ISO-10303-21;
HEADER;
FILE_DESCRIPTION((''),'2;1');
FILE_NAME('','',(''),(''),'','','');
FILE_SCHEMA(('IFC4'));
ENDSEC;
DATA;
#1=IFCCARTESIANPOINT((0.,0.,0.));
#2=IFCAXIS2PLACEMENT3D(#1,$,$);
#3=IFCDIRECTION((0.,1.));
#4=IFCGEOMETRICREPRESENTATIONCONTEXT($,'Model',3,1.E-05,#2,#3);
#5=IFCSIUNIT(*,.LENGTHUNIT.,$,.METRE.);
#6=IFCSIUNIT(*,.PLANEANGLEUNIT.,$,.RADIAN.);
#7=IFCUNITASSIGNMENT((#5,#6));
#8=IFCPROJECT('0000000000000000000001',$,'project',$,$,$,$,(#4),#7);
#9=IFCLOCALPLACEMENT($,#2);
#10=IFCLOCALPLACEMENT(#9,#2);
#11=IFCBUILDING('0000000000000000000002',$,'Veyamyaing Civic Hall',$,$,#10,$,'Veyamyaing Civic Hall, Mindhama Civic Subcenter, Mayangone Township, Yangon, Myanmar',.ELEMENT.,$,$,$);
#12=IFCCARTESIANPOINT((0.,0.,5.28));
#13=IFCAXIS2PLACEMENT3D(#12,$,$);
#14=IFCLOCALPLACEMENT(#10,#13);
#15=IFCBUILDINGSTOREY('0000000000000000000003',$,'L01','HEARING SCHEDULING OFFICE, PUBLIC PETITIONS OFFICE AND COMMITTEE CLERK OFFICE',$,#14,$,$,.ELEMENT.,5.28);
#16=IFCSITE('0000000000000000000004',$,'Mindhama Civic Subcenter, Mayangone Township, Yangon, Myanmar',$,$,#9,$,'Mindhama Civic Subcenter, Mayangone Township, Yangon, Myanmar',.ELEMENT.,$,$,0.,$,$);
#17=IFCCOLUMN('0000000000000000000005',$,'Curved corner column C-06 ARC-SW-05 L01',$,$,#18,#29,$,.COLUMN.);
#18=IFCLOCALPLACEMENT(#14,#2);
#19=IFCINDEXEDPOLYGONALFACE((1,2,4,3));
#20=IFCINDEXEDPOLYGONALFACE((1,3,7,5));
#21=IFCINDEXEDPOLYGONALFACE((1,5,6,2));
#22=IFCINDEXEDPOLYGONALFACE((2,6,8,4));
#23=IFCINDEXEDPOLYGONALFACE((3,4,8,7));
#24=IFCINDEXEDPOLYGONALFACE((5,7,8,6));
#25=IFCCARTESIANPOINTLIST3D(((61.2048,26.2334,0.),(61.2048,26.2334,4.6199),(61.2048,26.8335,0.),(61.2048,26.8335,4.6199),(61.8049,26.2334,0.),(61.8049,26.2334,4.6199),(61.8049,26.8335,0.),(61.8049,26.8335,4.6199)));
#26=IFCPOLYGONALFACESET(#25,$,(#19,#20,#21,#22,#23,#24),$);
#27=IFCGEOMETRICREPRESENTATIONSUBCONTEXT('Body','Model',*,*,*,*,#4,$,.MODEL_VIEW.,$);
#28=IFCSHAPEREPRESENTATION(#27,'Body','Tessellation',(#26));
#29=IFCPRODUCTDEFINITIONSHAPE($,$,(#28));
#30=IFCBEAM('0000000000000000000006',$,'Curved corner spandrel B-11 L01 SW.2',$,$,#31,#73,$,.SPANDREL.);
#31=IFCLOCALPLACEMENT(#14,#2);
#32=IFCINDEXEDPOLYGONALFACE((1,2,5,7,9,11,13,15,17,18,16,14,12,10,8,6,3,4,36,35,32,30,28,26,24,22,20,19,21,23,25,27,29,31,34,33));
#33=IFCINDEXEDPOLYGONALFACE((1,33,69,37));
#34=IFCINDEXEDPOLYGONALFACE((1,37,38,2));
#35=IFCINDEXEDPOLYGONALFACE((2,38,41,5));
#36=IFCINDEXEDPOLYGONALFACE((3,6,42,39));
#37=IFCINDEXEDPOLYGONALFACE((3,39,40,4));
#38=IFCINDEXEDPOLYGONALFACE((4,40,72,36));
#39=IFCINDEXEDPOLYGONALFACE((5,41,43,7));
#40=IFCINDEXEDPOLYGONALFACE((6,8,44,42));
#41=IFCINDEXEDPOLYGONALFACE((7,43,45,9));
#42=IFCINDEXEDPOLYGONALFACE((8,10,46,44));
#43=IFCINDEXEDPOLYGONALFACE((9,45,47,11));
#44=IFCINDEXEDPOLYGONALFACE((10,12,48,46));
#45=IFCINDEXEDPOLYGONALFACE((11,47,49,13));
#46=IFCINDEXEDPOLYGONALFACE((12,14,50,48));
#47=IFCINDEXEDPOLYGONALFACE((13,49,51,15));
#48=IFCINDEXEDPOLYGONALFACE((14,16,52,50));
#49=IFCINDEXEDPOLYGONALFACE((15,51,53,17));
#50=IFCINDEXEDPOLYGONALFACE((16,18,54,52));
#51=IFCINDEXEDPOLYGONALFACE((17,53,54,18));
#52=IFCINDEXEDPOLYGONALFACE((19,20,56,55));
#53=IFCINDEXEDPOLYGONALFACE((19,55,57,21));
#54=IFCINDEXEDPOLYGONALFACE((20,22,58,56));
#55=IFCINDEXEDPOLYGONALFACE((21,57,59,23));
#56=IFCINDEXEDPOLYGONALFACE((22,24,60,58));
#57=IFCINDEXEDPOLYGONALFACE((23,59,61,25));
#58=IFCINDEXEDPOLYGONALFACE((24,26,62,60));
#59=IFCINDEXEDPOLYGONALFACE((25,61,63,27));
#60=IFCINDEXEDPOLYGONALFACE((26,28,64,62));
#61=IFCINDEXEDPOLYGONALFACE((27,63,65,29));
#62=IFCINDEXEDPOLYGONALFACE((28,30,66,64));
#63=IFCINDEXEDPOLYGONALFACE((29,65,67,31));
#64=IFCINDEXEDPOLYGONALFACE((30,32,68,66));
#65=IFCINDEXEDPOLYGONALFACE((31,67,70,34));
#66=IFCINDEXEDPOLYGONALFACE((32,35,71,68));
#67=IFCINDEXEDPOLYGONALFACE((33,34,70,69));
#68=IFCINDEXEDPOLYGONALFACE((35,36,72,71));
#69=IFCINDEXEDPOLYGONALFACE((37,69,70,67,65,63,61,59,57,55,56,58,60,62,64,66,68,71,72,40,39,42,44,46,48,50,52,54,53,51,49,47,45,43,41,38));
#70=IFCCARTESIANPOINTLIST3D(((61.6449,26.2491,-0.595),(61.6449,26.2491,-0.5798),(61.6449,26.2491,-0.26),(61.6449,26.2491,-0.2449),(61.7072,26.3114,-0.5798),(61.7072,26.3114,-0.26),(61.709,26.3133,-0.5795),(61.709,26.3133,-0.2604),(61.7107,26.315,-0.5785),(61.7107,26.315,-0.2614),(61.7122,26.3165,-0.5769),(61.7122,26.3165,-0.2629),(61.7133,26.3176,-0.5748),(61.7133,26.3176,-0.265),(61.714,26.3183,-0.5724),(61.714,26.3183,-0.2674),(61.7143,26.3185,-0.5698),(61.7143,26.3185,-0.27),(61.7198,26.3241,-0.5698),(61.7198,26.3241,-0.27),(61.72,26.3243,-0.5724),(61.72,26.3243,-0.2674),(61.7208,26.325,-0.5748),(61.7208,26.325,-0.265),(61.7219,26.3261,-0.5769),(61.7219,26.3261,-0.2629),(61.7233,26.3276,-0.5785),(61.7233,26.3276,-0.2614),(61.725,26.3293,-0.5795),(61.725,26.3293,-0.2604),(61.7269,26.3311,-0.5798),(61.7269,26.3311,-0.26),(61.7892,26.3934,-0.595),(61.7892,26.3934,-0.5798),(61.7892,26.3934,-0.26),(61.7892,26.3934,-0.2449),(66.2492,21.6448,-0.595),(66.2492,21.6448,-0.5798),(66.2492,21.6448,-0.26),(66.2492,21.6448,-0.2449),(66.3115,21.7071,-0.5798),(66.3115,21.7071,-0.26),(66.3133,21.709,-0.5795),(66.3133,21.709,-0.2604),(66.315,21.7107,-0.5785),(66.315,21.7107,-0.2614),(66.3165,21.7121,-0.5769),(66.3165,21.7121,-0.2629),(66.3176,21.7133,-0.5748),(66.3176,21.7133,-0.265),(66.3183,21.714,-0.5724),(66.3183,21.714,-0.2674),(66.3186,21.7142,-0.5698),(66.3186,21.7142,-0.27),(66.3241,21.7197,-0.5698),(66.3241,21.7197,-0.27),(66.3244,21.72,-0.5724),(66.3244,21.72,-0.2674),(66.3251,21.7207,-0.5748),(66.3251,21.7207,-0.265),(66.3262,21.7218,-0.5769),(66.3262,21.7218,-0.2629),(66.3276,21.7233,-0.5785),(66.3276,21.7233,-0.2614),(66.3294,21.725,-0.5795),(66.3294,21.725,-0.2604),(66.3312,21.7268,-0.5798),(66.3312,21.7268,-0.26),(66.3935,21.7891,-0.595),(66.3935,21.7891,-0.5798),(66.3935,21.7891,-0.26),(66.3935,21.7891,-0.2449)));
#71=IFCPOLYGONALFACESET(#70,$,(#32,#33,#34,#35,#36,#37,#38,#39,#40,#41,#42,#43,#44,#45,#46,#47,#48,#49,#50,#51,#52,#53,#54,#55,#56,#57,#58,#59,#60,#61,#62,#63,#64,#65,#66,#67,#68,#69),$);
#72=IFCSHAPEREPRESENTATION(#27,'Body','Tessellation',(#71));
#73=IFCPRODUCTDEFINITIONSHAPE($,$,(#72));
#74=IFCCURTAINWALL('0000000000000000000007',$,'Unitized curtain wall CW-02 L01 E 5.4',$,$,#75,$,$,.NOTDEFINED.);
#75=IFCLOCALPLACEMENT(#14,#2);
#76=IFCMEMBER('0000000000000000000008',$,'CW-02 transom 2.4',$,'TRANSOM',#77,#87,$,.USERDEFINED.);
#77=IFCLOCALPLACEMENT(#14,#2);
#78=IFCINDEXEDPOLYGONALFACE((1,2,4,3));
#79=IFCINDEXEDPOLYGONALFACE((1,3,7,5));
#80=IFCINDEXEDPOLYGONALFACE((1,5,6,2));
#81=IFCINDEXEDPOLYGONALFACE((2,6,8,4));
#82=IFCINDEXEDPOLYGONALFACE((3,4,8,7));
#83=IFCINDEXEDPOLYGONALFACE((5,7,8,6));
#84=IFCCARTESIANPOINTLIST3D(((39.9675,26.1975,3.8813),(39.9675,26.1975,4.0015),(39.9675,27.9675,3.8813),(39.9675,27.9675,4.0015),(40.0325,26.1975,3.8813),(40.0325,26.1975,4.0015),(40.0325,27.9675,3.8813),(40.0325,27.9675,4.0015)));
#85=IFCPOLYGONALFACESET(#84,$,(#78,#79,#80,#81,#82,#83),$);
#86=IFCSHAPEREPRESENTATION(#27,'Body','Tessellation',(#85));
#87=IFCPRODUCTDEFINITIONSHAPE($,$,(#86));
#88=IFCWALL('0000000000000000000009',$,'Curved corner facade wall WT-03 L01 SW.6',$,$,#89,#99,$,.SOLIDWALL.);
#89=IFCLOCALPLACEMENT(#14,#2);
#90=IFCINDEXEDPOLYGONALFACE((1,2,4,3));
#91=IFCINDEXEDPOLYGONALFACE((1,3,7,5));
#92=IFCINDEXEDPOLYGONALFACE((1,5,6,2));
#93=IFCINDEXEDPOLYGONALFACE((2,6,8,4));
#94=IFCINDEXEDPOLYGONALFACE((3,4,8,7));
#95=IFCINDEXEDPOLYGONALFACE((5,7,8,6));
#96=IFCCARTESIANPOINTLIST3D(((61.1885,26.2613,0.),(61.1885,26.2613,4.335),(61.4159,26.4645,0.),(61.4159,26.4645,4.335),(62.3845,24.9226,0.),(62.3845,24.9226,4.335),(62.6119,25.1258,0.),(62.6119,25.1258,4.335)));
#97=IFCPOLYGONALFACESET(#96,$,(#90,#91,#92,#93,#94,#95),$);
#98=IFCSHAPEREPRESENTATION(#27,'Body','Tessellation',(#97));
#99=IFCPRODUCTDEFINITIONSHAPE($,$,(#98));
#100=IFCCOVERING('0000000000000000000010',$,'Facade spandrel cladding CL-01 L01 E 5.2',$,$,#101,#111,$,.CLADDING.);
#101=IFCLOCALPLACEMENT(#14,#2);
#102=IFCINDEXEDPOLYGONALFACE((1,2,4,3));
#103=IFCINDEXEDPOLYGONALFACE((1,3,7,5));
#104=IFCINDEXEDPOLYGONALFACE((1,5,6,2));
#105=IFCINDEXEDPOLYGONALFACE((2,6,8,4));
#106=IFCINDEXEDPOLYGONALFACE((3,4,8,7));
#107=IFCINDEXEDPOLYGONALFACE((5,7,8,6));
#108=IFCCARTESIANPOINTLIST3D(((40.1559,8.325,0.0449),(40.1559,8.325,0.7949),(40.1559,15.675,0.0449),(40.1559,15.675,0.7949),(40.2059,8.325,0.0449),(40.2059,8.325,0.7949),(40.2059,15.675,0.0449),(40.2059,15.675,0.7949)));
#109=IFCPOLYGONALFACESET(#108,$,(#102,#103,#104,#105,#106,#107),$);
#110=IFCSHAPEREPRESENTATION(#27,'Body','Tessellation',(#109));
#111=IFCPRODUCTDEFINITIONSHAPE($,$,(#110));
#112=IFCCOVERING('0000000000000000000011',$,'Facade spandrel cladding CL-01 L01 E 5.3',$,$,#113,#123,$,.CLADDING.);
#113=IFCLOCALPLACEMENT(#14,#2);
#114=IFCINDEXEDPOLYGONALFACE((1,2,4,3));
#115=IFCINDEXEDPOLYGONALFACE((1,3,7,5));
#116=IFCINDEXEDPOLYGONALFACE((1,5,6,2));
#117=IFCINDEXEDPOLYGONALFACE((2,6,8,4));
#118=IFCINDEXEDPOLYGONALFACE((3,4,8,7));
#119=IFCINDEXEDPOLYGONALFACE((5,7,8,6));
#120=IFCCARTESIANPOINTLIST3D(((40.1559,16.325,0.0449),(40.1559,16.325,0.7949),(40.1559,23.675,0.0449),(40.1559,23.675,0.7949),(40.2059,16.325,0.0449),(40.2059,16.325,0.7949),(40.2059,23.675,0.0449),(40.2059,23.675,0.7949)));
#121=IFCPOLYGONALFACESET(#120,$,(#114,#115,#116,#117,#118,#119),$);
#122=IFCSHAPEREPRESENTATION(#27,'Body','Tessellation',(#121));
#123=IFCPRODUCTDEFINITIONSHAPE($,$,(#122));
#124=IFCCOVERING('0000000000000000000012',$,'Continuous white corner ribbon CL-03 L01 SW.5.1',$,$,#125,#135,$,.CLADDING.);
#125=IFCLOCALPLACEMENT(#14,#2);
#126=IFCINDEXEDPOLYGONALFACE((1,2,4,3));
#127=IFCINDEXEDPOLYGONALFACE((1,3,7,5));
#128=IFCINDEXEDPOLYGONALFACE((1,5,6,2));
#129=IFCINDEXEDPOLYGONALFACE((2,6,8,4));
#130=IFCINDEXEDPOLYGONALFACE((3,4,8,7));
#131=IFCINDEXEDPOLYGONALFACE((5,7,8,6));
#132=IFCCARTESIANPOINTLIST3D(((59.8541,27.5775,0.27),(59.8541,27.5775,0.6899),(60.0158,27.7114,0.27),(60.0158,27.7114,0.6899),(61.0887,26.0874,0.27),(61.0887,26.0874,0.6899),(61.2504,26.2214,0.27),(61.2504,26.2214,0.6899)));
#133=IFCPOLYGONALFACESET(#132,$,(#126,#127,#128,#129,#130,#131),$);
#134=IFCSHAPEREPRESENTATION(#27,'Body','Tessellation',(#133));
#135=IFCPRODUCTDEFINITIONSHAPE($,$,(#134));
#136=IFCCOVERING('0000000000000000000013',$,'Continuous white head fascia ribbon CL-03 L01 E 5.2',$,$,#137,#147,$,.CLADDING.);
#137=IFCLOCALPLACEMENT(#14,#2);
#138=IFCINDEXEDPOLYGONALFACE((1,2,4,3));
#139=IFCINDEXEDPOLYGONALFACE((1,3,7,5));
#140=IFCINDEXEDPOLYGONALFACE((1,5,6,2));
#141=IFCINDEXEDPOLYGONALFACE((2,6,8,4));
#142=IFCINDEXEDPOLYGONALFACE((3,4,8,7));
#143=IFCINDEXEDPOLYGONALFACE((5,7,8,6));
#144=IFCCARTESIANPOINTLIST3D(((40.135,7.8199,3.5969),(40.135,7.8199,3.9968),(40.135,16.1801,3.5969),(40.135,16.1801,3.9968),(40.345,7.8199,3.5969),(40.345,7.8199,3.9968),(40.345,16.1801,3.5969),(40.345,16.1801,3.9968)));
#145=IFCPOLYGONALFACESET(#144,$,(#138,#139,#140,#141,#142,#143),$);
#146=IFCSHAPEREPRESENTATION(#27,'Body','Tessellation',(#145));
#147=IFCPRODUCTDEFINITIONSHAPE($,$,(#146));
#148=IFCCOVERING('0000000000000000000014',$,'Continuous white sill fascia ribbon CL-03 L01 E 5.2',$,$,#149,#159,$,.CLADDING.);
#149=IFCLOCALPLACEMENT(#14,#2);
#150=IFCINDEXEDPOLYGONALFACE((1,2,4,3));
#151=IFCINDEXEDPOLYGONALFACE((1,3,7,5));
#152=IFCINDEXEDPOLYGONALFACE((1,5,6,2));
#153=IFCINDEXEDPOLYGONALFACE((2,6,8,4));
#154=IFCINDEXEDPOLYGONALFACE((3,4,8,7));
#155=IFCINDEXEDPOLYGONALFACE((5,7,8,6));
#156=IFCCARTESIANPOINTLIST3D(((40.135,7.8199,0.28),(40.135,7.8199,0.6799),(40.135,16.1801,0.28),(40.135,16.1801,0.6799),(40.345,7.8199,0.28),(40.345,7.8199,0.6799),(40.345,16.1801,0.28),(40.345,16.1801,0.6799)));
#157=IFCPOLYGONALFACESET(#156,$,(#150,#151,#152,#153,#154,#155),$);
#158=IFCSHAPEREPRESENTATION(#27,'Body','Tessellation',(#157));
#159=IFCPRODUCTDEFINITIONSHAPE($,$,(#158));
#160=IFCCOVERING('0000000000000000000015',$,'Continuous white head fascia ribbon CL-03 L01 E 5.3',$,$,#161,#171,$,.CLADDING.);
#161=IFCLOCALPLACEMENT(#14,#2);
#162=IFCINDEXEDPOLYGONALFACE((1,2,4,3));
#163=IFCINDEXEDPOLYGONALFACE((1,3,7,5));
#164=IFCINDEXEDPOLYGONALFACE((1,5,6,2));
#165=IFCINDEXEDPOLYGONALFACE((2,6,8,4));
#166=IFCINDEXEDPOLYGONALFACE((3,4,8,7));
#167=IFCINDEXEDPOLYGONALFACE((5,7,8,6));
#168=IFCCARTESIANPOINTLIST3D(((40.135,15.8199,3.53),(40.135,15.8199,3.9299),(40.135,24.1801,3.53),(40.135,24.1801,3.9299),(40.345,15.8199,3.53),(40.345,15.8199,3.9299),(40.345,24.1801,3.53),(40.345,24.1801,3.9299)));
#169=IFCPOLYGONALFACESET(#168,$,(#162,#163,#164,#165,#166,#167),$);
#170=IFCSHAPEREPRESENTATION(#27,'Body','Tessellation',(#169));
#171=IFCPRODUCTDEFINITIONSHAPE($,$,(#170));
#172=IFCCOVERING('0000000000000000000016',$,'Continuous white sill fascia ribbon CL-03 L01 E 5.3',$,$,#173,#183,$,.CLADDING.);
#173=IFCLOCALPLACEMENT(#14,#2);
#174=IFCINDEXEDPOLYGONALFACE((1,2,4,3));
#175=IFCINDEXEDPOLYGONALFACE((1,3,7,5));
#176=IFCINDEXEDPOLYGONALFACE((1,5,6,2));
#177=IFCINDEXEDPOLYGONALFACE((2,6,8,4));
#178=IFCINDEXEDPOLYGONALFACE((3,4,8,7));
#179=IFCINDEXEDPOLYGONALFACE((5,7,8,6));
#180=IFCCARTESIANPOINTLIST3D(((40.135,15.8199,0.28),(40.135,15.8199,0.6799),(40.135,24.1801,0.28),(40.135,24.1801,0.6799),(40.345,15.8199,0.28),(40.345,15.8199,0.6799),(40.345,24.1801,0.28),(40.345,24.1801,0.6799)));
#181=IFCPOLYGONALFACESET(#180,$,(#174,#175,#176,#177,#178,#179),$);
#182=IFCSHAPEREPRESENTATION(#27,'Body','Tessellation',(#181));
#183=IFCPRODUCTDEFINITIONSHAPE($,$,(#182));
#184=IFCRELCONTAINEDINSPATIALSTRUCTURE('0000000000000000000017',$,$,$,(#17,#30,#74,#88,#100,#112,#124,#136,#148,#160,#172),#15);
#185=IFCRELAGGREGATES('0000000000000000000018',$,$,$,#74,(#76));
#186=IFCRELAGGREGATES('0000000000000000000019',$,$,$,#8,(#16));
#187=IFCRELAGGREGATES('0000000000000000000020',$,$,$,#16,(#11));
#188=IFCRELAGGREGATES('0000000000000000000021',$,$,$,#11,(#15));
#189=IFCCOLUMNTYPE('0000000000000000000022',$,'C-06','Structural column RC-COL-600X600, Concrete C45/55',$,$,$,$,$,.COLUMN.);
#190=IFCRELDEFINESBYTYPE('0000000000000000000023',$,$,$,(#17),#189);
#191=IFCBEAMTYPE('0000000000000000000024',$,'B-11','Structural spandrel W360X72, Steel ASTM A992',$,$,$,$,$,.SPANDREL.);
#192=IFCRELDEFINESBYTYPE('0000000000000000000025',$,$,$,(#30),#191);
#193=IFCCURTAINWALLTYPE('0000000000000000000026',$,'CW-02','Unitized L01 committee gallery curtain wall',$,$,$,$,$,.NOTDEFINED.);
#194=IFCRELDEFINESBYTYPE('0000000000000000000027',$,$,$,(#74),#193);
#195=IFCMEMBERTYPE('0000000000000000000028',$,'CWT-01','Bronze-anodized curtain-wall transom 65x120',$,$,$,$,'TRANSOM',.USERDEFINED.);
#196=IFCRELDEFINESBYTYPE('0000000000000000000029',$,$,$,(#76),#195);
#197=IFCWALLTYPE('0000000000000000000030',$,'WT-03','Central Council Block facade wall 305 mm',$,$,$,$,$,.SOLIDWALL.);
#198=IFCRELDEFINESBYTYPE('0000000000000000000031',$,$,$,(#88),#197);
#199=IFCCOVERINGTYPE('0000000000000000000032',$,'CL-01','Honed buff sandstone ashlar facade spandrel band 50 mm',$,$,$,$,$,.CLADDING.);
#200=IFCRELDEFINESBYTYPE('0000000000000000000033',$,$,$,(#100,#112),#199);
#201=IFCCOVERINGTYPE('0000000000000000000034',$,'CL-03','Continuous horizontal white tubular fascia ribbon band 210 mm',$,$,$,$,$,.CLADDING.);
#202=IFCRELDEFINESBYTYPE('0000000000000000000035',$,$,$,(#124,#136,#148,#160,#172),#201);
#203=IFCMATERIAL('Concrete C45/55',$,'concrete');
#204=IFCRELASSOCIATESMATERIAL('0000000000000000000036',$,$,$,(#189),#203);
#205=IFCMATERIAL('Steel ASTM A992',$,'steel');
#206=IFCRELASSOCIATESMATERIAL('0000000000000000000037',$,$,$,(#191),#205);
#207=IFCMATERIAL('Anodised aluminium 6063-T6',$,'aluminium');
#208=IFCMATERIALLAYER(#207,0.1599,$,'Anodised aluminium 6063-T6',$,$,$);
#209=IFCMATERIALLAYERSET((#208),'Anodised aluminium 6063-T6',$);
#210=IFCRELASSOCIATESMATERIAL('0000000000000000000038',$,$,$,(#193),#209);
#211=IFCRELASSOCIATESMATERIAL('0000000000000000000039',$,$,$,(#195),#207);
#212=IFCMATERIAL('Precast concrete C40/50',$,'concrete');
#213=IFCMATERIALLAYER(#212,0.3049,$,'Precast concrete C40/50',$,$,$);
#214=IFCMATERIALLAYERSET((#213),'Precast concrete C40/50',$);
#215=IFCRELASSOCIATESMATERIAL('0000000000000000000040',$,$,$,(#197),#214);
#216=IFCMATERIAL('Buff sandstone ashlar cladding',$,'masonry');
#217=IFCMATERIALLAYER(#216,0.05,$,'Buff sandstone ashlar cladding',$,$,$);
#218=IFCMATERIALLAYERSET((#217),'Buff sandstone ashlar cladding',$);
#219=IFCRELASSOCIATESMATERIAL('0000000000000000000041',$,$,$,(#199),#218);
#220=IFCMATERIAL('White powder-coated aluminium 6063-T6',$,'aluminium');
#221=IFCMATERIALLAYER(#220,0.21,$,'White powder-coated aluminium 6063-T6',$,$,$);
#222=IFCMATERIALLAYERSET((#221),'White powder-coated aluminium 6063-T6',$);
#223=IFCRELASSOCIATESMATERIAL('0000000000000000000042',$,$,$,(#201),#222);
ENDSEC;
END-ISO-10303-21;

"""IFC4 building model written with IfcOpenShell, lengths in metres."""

from ifc_helpers import new_model, si_unit, direction, frame, frame_2d, origin, origin_2d, place, context, subcontext, project, spatial, rectangle, i_section, extrude, material, layer, layer_set, material_profile, profile_set, type_object, element, aggregate, save


model = new_model("IFC4")

# Units and contexts
model_context = context("Model", 3, precision=1e-05, world=origin(), true_north=direction((0.0, 1.0)))
body_context = subcontext(model_context, "Body", "Model", "MODEL_VIEW")
ifc_project = project(units=[si_unit("LENGTHUNIT", "METRE"), si_unit("PLANEANGLEUNIT", "RADIAN")], contexts=[model_context])

# Site, building, storey
site_placement = place(None, origin())
site = spatial("IfcSite", under=ifc_project, at=site_placement, Name="Mindhama Civic Subcenter, Mayangone Township, Yangon, Myanmar", LongName="Mindhama Civic Subcenter, Mayangone Township, Yangon, Myanmar", CompositionType="ELEMENT", RefElevation=0.0)
building_placement = place(site_placement, origin())
building = spatial("IfcBuilding", under=site, at=building_placement, Name="Veyamyaing Civic Hall", LongName="Veyamyaing Civic Hall, Mindhama Civic Subcenter, Mayangone Township, Yangon, Myanmar", CompositionType="ELEMENT")
storey_placement = place(building_placement, frame((0.0, 0.0, 5.28)))
storey = spatial("IfcBuildingStorey", under=building, at=storey_placement, Name="L01", Description="HEARING SCHEDULING OFFICE, PUBLIC PETITIONS OFFICE AND COMMITTEE CLERK OFFICE", CompositionType="ELEMENT", Elevation=5.28)

# Column
ifc_material_1 = material(Name="Concrete C45/55", Category="concrete")
ifc_material_profile_1 = material_profile(ifc_material_1, rectangle(XDim=0.6001, YDim=0.6001, at=origin_2d()), Name="RC-COL-600X600")
ifc_profile_set_1 = profile_set([ifc_material_profile_1], Name="Concrete C45/55")
column_type = type_object("IfcColumnType", Name="C-06", Description="Structural column RC-COL-600X600, Concrete C45/55", PredefinedType="COLUMN", material=ifc_profile_set_1)
column_placement = place(storey_placement, frame((61.5049, 26.5334, 0.0), z_axis=(0.0, 0.0, 1.0), x_axis=(1.0, 0.0, 0.0)))
element("IfcColumn", 1, at=column_placement, inside=storey, type_object=column_type, Name="Curved corner column C-06 ARC-SW-05 L01", PredefinedType="COLUMN", context=body_context, shape_type="SweptSolid", body=[
    extrude(rectangle(XDim=0.6001, YDim=0.6001, at=origin_2d()), origin(), (0.0, 0.0, 1.0), 4.6199),
])

# Beam
ifc_material_2 = material(Name="Steel ASTM A992", Category="steel")
ifc_material_profile_2 = material_profile(ifc_material_2, i_section(OverallWidth=0.2041, OverallDepth=0.3501, WebThickness=0.0078, FlangeThickness=0.0151, FilletRadius=0.01, at=origin_2d()), Name="W360X72")
ifc_profile_set_2 = profile_set([ifc_material_profile_2], Name="Steel ASTM A992")
beam_type = type_object("IfcBeamType", Name="B-11", Description="Structural spandrel W360X72, Steel ASTM A992", PredefinedType="SPANDREL", material=ifc_profile_set_2)
beam_placement = place(storey_placement, frame((61.717, 26.3213, -0.4199), z_axis=(0.707107, -0.707107, 0.0), x_axis=(0.707107, 0.707107, 0.0)))
element("IfcBeam", 2, at=beam_placement, inside=storey, type_object=beam_type, Name="Curved corner spandrel B-11 L01 SW.2", PredefinedType="SPANDREL", context=body_context, shape_type="SweptSolid", body=[
    extrude(i_section(OverallWidth=0.2041, OverallDepth=0.3501, WebThickness=0.0078, FlangeThickness=0.0151, FilletRadius=0.01, at=origin_2d()), origin(), (0.0, 0.0, 1.0), 6.5115),
])

# Curtain wall, member
ifc_material_3 = material(Name="Anodised aluminium 6063-T6", Category="aluminium")
ifc_layer_1 = layer(ifc_material_3, 0.1599, Name="Anodised aluminium 6063-T6")
ifc_layer_set_1 = layer_set([ifc_layer_1], Name="Anodised aluminium 6063-T6")
curtain_wall_type = type_object("IfcCurtainWallType", Name="CW-02", Description="Unitized L01 committee gallery curtain wall", PredefinedType="NOTDEFINED", material=ifc_layer_set_1)
curtain_wall_placement = place(storey_placement, origin())
curtain_wall = element("IfcCurtainWall", 3, at=curtain_wall_placement, inside=storey, type_object=curtain_wall_type, Name="Unitized curtain wall CW-02 L01 E 5.4", PredefinedType="NOTDEFINED")
ifc_material_profile_3 = material_profile(ifc_material_3, rectangle(XDim=0.0649, YDim=0.1201, at=origin_2d()), Name="ALU-TRN-65X120")
ifc_profile_set_3 = profile_set([ifc_material_profile_3], Name="Anodised aluminium 6063-T6")
member_type = type_object("IfcMemberType", Name="CWT-01", Description="Bronze-anodized curtain-wall transom 65x120", ElementType="TRANSOM", PredefinedType="USERDEFINED", material=ifc_profile_set_3)
member_placement = place(storey_placement, frame((40.0, 26.1975, 3.9414), z_axis=(0.0, 1.0, 0.0), x_axis=(-1.0, 0.0, 0.0)))
member = element("IfcMember", 4, at=member_placement, type_object=member_type, Name="CW-02 transom 2.4", ObjectType="TRANSOM", PredefinedType="USERDEFINED", context=body_context, shape_type="SweptSolid", body=[
    extrude(rectangle(XDim=0.0649, YDim=0.1201, at=origin_2d()), origin(), (0.0, 0.0, 1.0), 1.77),
])
aggregate(curtain_wall, [member])

# Wall
ifc_material_4 = material(Name="Precast concrete C40/50", Category="concrete")
ifc_layer_2 = layer(ifc_material_4, 0.3049, Name="Precast concrete C40/50")
ifc_layer_set_2 = layer_set([ifc_layer_2], Name="Precast concrete C40/50")
wall_type = type_object("IfcWallType", Name="WT-03", Description="Central Council Block facade wall 305 mm", PredefinedType="SOLIDWALL", material=ifc_layer_set_2)
wall_placement = place(storey_placement, frame((61.3022, 26.3628, 0.0), z_axis=(0.0, 0.0, 1.0), x_axis=(0.666278, -0.745704, 0.0)))
element("IfcWall", 5, at=wall_placement, inside=storey, type_object=wall_type, Name="Curved corner facade wall WT-03 L01 SW.6", PredefinedType="SOLIDWALL", context=body_context, shape_type="SweptSolid", body=[
    extrude(rectangle(XDim=1.7952, YDim=0.3049, at=frame_2d((0.8975, 0.0))), origin(), (0.0, 0.0, 1.0), 4.335),
])

# Coverings
ifc_material_5 = material(Name="Buff sandstone ashlar cladding", Category="masonry")
ifc_layer_3 = layer(ifc_material_5, 0.05, Name="Buff sandstone ashlar cladding")
ifc_layer_set_3 = layer_set([ifc_layer_3], Name="Buff sandstone ashlar cladding")
covering_type_1 = type_object("IfcCoveringType", Name="CL-01", Description="Honed buff sandstone ashlar facade spandrel band 50 mm", PredefinedType="CLADDING", material=ifc_layer_set_3)
for number, where, z_axis, x_axis, name in (
    (6, (40.1809, 12.0, 0.0449), (0.0, 0.0, 1.0), (0.0, 1.0, 0.0), "Facade spandrel cladding CL-01 L01 E 5.2"),
    (7, (40.1809, 20.0, 0.0449), (0.0, 0.0, 1.0), (0.0, 1.0, 0.0), "Facade spandrel cladding CL-01 L01 E 5.3"),
):
    element("IfcCovering", number, at=place(storey_placement, frame(where, z_axis=z_axis, x_axis=x_axis)), inside=storey, type_object=covering_type_1, Name=name, PredefinedType="CLADDING", context=body_context, shape_type="SweptSolid", body=[
        extrude(rectangle(XDim=7.3501, YDim=0.05, at=origin_2d()), origin(), (0.0, 0.0, 1.0), 0.75),
    ])
ifc_material_6 = material(Name="White powder-coated aluminium 6063-T6", Category="aluminium")
ifc_layer_4 = layer(ifc_material_6, 0.21, Name="White powder-coated aluminium 6063-T6")
ifc_layer_set_4 = layer_set([ifc_layer_4], Name="White powder-coated aluminium 6063-T6")
covering_type_2 = type_object("IfcCoveringType", Name="CL-03", Description="Continuous horizontal white tubular fascia ribbon band 210 mm", PredefinedType="CLADDING", material=ifc_layer_set_4)
covering_placement = place(storey_placement, frame((60.5522, 26.8994, 0.27), z_axis=(0.0, 0.0, 1.0), x_axis=(0.638, -0.770036, 0.0)))
element("IfcCovering", 8, at=covering_placement, inside=storey, type_object=covering_type_2, Name="Continuous white corner ribbon CL-03 L01 SW.5.1", PredefinedType="CLADDING", context=body_context, shape_type="SweptSolid", body=[
    extrude(rectangle(XDim=1.9351, YDim=0.21, at=origin_2d()), origin(), (0.0, 0.0, 1.0), 0.4199),
])
for number, where, z_axis, x_axis, name in (
    (9, (40.24, 12.0, 3.5969), (0.0, 0.0, 1.0), (0.0, 1.0, 0.0), "Continuous white head fascia ribbon CL-03 L01 E 5.2"),
    (10, (40.24, 12.0, 0.28), (0.0, 0.0, 1.0), (0.0, 1.0, 0.0), "Continuous white sill fascia ribbon CL-03 L01 E 5.2"),
    (11, (40.24, 20.0, 3.53), (0.0, 0.0, 1.0), (0.0, 1.0, 0.0), "Continuous white head fascia ribbon CL-03 L01 E 5.3"),
    (12, (40.24, 20.0, 0.28), (0.0, 0.0, 1.0), (0.0, 1.0, 0.0), "Continuous white sill fascia ribbon CL-03 L01 E 5.3"),
):
    element("IfcCovering", number, at=place(storey_placement, frame(where, z_axis=z_axis, x_axis=x_axis)), inside=storey, type_object=covering_type_2, Name=name, PredefinedType="CLADDING", context=body_context, shape_type="SweptSolid", body=[
        extrude(rectangle(XDim=8.3601, YDim=0.21, at=origin_2d()), origin(), (0.0, 0.0, 1.0), 0.3999),
    ])

save(model, "model.ifc")
